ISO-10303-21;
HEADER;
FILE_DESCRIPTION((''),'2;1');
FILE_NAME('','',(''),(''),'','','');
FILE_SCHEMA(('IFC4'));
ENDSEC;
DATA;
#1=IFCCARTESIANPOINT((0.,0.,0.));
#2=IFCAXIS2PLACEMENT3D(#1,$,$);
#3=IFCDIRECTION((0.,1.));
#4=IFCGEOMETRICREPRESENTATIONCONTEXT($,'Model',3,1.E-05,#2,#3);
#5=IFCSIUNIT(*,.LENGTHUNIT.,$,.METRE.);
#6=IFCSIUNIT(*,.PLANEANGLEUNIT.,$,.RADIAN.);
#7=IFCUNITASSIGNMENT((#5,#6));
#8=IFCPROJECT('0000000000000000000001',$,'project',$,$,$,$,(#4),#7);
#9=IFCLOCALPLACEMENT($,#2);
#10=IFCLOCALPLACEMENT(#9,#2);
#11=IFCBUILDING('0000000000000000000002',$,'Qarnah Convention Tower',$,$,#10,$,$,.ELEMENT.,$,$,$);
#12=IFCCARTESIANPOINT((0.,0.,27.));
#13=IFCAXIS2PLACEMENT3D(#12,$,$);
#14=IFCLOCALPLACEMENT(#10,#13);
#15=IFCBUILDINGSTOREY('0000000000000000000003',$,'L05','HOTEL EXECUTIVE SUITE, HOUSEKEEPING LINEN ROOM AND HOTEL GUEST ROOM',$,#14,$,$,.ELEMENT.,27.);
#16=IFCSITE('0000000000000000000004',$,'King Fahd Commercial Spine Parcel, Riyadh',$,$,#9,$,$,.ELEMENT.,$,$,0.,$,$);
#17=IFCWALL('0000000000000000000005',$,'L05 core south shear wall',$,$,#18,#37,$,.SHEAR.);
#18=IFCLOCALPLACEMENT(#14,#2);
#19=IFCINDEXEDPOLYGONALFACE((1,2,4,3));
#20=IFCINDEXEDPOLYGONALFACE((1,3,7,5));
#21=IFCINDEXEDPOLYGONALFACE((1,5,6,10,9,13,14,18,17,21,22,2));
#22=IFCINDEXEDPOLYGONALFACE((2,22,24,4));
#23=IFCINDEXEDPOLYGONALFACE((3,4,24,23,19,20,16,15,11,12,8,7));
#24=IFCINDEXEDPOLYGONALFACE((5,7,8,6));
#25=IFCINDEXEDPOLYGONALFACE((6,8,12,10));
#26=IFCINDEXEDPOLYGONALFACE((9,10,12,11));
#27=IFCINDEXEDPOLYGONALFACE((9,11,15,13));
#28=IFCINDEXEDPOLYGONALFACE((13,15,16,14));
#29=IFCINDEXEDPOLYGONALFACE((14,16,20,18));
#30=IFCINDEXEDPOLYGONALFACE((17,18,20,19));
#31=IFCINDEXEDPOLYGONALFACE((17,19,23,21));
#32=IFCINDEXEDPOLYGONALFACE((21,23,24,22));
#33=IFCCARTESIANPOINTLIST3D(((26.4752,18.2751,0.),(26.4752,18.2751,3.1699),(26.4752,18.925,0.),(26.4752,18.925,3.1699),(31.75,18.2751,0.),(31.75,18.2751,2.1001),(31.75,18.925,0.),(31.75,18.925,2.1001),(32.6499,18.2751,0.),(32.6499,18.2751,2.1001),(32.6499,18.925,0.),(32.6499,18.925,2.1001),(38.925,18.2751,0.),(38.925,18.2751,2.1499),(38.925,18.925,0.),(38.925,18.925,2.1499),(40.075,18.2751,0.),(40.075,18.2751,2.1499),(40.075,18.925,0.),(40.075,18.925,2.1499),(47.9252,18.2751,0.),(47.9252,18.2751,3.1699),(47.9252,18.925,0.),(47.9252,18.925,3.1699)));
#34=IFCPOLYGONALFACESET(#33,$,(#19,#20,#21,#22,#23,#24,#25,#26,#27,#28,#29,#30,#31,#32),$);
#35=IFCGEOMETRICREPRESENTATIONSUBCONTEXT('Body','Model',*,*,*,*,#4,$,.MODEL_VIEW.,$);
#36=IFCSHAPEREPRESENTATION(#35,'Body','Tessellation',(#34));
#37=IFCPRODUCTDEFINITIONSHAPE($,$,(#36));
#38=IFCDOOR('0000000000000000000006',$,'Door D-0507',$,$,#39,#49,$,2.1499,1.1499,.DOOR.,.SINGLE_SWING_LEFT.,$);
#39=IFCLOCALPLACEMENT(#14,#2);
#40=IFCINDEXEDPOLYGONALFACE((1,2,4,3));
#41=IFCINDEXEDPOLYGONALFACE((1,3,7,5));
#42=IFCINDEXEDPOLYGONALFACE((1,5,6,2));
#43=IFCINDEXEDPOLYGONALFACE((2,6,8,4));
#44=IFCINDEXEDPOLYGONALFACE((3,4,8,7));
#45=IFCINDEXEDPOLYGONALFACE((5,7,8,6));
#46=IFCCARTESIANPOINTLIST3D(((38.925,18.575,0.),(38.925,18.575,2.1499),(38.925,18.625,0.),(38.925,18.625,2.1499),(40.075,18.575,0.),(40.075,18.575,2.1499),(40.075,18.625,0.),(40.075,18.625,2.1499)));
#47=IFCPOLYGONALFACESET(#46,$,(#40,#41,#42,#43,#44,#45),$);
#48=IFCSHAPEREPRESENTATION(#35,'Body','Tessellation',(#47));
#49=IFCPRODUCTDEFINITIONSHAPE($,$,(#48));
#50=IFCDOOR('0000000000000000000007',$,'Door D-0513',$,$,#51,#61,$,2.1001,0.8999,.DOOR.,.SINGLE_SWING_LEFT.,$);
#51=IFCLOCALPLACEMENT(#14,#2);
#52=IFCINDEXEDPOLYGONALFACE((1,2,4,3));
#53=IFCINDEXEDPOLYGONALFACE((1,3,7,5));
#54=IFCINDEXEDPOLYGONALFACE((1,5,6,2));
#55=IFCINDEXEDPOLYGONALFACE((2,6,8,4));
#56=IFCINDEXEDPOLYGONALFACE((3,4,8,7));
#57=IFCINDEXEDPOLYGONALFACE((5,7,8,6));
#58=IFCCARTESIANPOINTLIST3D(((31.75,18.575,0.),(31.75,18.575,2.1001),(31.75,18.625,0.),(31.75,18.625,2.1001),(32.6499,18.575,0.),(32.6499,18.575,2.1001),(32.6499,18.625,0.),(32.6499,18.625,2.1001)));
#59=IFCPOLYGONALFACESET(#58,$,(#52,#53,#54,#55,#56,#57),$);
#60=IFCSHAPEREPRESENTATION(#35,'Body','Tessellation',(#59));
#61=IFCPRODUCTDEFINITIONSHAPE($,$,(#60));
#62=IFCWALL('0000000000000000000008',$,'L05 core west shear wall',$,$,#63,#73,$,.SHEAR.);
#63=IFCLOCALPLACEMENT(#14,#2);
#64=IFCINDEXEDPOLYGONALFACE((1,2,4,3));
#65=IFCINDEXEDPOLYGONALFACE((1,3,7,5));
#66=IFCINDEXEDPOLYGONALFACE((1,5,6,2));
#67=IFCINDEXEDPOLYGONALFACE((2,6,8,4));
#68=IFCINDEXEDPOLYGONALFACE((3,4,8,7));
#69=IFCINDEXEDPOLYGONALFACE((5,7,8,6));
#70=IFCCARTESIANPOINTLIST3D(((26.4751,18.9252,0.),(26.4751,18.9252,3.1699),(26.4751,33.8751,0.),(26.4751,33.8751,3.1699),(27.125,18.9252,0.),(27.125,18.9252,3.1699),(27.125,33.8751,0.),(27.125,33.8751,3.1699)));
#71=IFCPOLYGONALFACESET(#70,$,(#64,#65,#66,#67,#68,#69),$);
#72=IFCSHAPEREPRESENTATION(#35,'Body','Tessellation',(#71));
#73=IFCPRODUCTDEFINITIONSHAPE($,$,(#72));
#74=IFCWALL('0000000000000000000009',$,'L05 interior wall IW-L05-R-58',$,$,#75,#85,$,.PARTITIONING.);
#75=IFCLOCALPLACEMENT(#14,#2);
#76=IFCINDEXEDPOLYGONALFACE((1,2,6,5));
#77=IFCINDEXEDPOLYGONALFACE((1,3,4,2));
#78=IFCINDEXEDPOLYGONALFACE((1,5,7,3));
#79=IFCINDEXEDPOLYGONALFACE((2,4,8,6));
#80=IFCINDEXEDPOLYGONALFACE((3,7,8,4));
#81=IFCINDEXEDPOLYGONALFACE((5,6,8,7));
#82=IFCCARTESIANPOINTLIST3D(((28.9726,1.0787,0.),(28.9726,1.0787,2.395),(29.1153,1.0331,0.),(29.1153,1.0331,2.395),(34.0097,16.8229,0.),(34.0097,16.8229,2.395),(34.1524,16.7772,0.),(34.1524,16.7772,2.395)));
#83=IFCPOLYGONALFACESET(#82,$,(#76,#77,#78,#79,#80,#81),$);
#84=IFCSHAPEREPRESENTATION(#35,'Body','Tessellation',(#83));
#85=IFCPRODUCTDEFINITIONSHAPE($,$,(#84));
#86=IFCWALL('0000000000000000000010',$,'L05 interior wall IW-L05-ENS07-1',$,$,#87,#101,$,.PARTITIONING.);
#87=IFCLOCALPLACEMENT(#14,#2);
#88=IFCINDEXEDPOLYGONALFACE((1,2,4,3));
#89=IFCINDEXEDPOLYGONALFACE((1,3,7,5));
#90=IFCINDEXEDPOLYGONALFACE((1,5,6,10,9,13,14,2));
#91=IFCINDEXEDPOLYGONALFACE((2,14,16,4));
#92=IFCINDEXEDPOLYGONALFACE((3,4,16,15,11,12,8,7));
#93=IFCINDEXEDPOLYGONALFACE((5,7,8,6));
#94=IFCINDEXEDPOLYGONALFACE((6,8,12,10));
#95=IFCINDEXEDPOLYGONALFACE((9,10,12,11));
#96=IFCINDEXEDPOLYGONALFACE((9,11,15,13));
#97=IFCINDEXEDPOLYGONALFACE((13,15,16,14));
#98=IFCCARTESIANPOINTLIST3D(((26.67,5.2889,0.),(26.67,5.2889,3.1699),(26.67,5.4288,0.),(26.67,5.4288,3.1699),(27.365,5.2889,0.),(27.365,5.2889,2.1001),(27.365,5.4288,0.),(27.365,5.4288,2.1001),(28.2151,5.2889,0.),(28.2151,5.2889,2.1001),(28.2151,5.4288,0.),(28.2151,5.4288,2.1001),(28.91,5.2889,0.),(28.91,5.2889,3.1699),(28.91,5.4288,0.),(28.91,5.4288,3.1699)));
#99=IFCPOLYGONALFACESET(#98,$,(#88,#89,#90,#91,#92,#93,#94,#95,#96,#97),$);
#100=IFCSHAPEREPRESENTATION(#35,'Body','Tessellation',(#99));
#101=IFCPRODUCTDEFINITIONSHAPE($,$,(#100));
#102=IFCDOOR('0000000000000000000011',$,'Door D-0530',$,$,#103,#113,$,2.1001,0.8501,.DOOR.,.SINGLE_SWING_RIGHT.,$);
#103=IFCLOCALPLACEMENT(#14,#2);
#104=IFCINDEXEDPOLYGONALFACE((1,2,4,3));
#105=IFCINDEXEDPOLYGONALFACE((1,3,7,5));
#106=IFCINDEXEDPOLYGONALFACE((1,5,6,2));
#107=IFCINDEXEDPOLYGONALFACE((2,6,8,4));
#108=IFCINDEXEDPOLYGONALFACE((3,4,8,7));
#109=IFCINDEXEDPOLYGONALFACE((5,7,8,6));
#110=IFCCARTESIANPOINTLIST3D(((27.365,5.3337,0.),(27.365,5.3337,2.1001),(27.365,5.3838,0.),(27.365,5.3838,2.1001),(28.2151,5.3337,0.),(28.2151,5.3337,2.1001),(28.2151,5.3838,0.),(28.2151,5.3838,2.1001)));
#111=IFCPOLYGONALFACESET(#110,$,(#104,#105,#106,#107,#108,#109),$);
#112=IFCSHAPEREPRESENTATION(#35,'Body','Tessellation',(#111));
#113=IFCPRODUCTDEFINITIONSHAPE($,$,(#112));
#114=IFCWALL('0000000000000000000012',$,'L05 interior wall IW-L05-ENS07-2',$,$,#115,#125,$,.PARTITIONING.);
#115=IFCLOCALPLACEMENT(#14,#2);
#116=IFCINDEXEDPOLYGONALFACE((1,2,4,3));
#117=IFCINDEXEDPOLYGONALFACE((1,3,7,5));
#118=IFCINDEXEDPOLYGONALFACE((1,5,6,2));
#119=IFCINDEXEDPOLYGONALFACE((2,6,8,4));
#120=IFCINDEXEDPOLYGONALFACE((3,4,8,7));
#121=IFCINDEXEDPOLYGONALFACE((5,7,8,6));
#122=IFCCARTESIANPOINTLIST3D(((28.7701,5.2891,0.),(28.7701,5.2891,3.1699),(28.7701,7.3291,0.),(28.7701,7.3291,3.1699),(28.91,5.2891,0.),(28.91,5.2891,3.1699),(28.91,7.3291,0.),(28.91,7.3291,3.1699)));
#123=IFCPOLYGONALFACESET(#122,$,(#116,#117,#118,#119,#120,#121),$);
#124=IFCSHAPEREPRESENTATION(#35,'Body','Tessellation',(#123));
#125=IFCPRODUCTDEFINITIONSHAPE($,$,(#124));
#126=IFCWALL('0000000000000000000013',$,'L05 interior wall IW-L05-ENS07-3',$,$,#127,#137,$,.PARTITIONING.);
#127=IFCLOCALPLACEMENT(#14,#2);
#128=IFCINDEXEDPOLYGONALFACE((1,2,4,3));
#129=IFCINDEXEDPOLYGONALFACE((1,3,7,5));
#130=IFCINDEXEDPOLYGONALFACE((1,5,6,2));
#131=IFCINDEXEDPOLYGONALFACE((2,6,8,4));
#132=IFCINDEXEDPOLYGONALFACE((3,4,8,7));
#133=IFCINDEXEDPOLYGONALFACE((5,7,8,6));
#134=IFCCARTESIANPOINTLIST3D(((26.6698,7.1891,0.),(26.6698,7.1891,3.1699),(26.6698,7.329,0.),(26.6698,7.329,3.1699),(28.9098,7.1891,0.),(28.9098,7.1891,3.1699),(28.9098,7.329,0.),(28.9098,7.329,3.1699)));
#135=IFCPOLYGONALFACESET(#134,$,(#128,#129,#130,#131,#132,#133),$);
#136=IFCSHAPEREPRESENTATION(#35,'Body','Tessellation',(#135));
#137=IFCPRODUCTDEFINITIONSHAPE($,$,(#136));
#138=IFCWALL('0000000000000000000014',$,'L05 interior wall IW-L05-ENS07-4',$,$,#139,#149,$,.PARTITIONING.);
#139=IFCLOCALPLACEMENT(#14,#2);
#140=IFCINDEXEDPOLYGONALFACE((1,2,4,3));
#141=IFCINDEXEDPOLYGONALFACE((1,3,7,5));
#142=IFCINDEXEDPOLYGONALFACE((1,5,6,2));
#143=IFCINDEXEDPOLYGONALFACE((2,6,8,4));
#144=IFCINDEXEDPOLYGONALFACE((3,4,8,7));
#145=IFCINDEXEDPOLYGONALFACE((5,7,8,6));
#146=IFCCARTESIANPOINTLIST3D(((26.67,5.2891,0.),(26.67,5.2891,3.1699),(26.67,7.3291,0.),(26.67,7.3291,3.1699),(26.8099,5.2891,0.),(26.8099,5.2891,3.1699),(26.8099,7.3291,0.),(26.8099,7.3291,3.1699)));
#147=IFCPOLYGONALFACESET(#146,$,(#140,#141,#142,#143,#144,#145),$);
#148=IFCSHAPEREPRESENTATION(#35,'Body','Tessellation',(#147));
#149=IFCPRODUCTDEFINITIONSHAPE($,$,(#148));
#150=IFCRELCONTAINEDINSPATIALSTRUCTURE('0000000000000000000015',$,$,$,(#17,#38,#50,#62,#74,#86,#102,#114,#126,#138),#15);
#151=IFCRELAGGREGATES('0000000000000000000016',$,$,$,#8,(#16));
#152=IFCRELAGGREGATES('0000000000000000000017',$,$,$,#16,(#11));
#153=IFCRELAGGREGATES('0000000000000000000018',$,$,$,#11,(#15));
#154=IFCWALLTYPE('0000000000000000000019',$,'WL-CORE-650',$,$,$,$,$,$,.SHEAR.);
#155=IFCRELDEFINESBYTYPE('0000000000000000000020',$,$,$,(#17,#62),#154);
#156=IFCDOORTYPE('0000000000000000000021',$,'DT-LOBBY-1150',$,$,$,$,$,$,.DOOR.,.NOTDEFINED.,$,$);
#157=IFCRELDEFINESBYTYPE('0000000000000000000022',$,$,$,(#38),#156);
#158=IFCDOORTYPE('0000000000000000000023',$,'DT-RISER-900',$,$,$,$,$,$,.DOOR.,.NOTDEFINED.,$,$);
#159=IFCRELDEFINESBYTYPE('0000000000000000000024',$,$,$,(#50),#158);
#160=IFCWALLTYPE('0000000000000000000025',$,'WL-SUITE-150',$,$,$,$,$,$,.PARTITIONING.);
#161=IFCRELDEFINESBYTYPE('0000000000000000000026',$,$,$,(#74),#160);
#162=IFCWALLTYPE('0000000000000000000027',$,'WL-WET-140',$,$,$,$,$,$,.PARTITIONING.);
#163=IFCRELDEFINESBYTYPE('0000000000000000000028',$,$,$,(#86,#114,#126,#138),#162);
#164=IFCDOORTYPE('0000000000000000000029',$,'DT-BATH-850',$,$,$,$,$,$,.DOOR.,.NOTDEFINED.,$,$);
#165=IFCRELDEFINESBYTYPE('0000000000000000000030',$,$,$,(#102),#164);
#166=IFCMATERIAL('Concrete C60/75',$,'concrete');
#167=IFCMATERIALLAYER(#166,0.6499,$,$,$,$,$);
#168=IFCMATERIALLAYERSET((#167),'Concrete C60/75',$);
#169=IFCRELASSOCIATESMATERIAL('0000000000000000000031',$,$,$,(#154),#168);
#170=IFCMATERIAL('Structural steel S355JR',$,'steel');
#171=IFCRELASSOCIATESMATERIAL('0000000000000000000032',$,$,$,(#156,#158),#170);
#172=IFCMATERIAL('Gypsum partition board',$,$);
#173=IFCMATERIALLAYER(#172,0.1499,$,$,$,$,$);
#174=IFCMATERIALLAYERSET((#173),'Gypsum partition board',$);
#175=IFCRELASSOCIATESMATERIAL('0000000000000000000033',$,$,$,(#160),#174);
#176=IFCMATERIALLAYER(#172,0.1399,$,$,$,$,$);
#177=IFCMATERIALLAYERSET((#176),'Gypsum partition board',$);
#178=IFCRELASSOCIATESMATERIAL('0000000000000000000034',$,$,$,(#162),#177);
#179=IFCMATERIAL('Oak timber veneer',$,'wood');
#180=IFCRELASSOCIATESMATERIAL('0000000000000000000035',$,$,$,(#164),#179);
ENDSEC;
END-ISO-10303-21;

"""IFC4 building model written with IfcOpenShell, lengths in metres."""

from ifc_helpers import new_model, si_unit, direction, frame, frame_2d, origin, place, context, subcontext, project, spatial, rectangle, extrude, material, layer, layer_set, type_object, element, fill, save


model = new_model("IFC4")

# Units and contexts
model_context = context("Model", 3, precision=1e-05, world=origin(), true_north=direction((0.0, 1.0)))
body_context = subcontext(model_context, "Body", "Model", "MODEL_VIEW")
ifc_project = project(units=[si_unit("LENGTHUNIT", "METRE"), si_unit("PLANEANGLEUNIT", "RADIAN")], contexts=[model_context])

# Site, building, storey
site_placement = place(None, origin())
site = spatial("IfcSite", under=ifc_project, at=site_placement, Name="King Fahd Commercial Spine Parcel, Riyadh", CompositionType="ELEMENT", RefElevation=0.0)
building_placement = place(site_placement, origin())
building = spatial("IfcBuilding", under=site, at=building_placement, Name="Qarnah Convention Tower", CompositionType="ELEMENT")
storey_placement = place(building_placement, frame((0.0, 0.0, 27.0)))
storey = spatial("IfcBuildingStorey", under=building, at=storey_placement, Name="L05", Description="HOTEL EXECUTIVE SUITE, HOUSEKEEPING LINEN ROOM AND HOTEL GUEST ROOM", CompositionType="ELEMENT", Elevation=27.0)

# Shared definitions
ifc_material_1 = material(Name="Concrete C60/75", Category="concrete")

# Shared definitions
ifc_material_2 = material(Name="Structural steel S355JR", Category="steel")

# Wall, openings, doors
ifc_layer_1 = layer(ifc_material_1, 0.6499)
ifc_layer_set_1 = layer_set([ifc_layer_1], Name="Concrete C60/75")
wall_type_1 = type_object("IfcWallType", Name="WL-CORE-650", PredefinedType="SHEAR", material=ifc_layer_set_1)
wall_1_placement = place(storey_placement, frame((26.4751, 18.6001, 0.0), z_axis=(0.0, 0.0, 1.0), x_axis=(1.0, 0.0, 0.0)))
wall_1 = element("IfcWall", 1, at=wall_1_placement, inside=storey, type_object=wall_type_1, Name="L05 core south shear wall", PredefinedType="SHEAR", context=body_context, shape_type="SweptSolid", body=[
    extrude(rectangle(XDim=21.45, YDim=0.6499, at=frame_2d((10.7251, 0.0))), origin(), (0.0, 0.0, 1.0), 3.1699),
])
opening_1_placement = place(wall_1_placement, frame((12.45, 0.0, 0.0)))
opening_1 = element("IfcOpeningElement", 2, at=opening_1_placement, cuts=wall_1, PredefinedType="OPENING", context=body_context, shape_type="SweptSolid", body=[
    extrude(rectangle(XDim=1.1499, YDim=2.1499, at=frame_2d((0.575, 1.075))), frame((0.0, 0.335, 0.0), z_axis=(0.0, -1.0, 0.0), x_axis=(1.0, 0.0, 0.0)), (0.0, 0.0, 1.0), 0.6699),
])
opening_2_placement = place(wall_1_placement, frame((5.2749, 0.0, 0.0)))
opening_2 = element("IfcOpeningElement", 3, at=opening_2_placement, cuts=wall_1, PredefinedType="OPENING", context=body_context, shape_type="SweptSolid", body=[
    extrude(rectangle(XDim=0.8999, YDim=2.1001, at=frame_2d((0.45, 1.05))), frame((0.0, 0.335, 0.0), z_axis=(0.0, -1.0, 0.0), x_axis=(1.0, 0.0, 0.0)), (0.0, 0.0, 1.0), 0.6699),
])
door_type_1 = type_object("IfcDoorType", Name="DT-LOBBY-1150", OperationType="NOTDEFINED", PredefinedType="DOOR", material=ifc_material_2)
door_1_placement = place(opening_1_placement, origin())
door_1 = element("IfcDoor", 4, at=door_1_placement, inside=storey, type_object=door_type_1, Name="Door D-0507", OperationType="SINGLE_SWING_LEFT", OverallHeight=2.1499, OverallWidth=1.1499, PredefinedType="DOOR", context=body_context, shape_type="SweptSolid", body=[
    extrude(rectangle(XDim=1.1499, YDim=2.1499, at=frame_2d((0.575, 1.075))), frame((0.0, 0.0249, 0.0), z_axis=(0.0, -1.0, 0.0), x_axis=(1.0, 0.0, 0.0)), (0.0, 0.0, 1.0), 0.05),
])
fill(opening_1, door_1)
door_type_2 = type_object("IfcDoorType", Name="DT-RISER-900", OperationType="NOTDEFINED", PredefinedType="DOOR", material=ifc_material_2)
door_2_placement = place(opening_2_placement, origin())
door_2 = element("IfcDoor", 5, at=door_2_placement, inside=storey, type_object=door_type_2, Name="Door D-0513", OperationType="SINGLE_SWING_LEFT", OverallHeight=2.1001, OverallWidth=0.8999, PredefinedType="DOOR", context=body_context, shape_type="SweptSolid", body=[
    extrude(rectangle(XDim=0.8999, YDim=2.1001, at=frame_2d((0.45, 1.05))), frame((0.0, 0.0249, 0.0), z_axis=(0.0, -1.0, 0.0), x_axis=(1.0, 0.0, 0.0)), (0.0, 0.0, 1.0), 0.05),
])
fill(opening_2, door_2)

# Wall
wall_2_placement = place(storey_placement, frame((26.8, 18.925, 0.0), z_axis=(0.0, 0.0, 1.0), x_axis=(0.0, 1.0, 0.0)))
element("IfcWall", 6, at=wall_2_placement, inside=storey, type_object=wall_type_1, Name="L05 core west shear wall", PredefinedType="SHEAR", context=body_context, shape_type="SweptSolid", body=[
    extrude(rectangle(XDim=14.95, YDim=0.6499, at=frame_2d((7.4751, 0.0))), origin(), (0.0, 0.0, 1.0), 3.1699),
])

# Shared definitions
ifc_material_3 = material(Name="Gypsum partition board")
ifc_layer_2 = layer(ifc_material_3, 0.1499)
ifc_layer_set_2 = layer_set([ifc_layer_2], Name="Gypsum partition board")
wall_type_2 = type_object("IfcWallType", Name="WL-SUITE-150", PredefinedType="PARTITIONING", material=ifc_layer_set_2)
ifc_material_4 = material(Name="Oak timber veneer", Category="wood")

# Wall
wall_3_placement = place(storey_placement, frame((29.0439, 1.0559, 0.0), z_axis=(0.0, 0.0, 1.0), x_axis=(0.30472, 0.952442, 0.0)))
element("IfcWall", 7, at=wall_3_placement, inside=storey, type_object=wall_type_2, Name="L05 interior wall IW-L05-R-58", PredefinedType="PARTITIONING", context=body_context, shape_type="SweptSolid", body=[
    extrude(rectangle(XDim=16.5303, YDim=0.1499, at=frame_2d((8.2651, 0.0))), origin(), (0.0, 0.0, 1.0), 2.395),
])

# Wall, opening, door
ifc_layer_3 = layer(ifc_material_3, 0.1399)
ifc_layer_set_3 = layer_set([ifc_layer_3], Name="Gypsum partition board")
wall_type_3 = type_object("IfcWallType", Name="WL-WET-140", PredefinedType="PARTITIONING", material=ifc_layer_set_3)
wall_4_placement = place(storey_placement, frame((26.6699, 5.3589, 0.0), z_axis=(0.0, 0.0, 1.0), x_axis=(1.0, 0.0, 0.0)))
wall_4 = element("IfcWall", 8, at=wall_4_placement, inside=storey, type_object=wall_type_3, Name="L05 interior wall IW-L05-ENS07-1", PredefinedType="PARTITIONING", context=body_context, shape_type="SweptSolid", body=[
    extrude(rectangle(XDim=2.24, YDim=0.1399, at=frame_2d((1.1201, 0.0))), origin(), (0.0, 0.0, 1.0), 3.1699),
])
opening_3_placement = place(wall_4_placement, frame((0.6951, 0.0, 0.0)))
opening_3 = element("IfcOpeningElement", 9, at=opening_3_placement, cuts=wall_4, PredefinedType="OPENING", context=body_context, shape_type="SweptSolid", body=[
    extrude(rectangle(XDim=0.8501, YDim=2.1001, at=frame_2d((0.425, 1.05))), frame((0.0, 0.0798, 0.0), z_axis=(0.0, -1.0, 0.0), x_axis=(1.0, 0.0, 0.0)), (0.0, 0.0, 1.0), 0.1599),
])
door_type_3 = type_object("IfcDoorType", Name="DT-BATH-850", OperationType="NOTDEFINED", PredefinedType="DOOR", material=ifc_material_4)
door_3_placement = place(opening_3_placement, origin())
door_3 = element("IfcDoor", 10, at=door_3_placement, inside=storey, type_object=door_type_3, Name="Door D-0530", OperationType="SINGLE_SWING_RIGHT", OverallHeight=2.1001, OverallWidth=0.8501, PredefinedType="DOOR", context=body_context, shape_type="SweptSolid", body=[
    extrude(rectangle(XDim=0.8501, YDim=2.1001, at=frame_2d((0.425, 1.05))), frame((0.0, 0.0249, 0.0), z_axis=(0.0, -1.0, 0.0), x_axis=(1.0, 0.0, 0.0)), (0.0, 0.0, 1.0), 0.05),
])
fill(opening_3, door_3)

# Walls
wall_5_placement = place(storey_placement, frame((28.8401, 5.2891, 0.0), z_axis=(0.0, 0.0, 1.0), x_axis=(0.0, 1.0, 0.0)))
element("IfcWall", 11, at=wall_5_placement, inside=storey, type_object=wall_type_3, Name="L05 interior wall IW-L05-ENS07-2", PredefinedType="PARTITIONING", context=body_context, shape_type="SweptSolid", body=[
    extrude(rectangle(XDim=2.04, YDim=0.1399, at=frame_2d((1.02, 0.0))), origin(), (0.0, 0.0, 1.0), 3.1699),
])
wall_6_placement = place(storey_placement, frame((28.9099, 7.259, 0.0), z_axis=(0.0, 0.0, 1.0), x_axis=(-1.0, 0.0, 0.0)))
element("IfcWall", 12, at=wall_6_placement, inside=storey, type_object=wall_type_3, Name="L05 interior wall IW-L05-ENS07-3", PredefinedType="PARTITIONING", context=body_context, shape_type="SweptSolid", body=[
    extrude(rectangle(XDim=2.24, YDim=0.1399, at=frame_2d((1.1201, 0.0))), origin(), (0.0, 0.0, 1.0), 3.1699),
])
wall_7_placement = place(storey_placement, frame((26.74, 7.3291, 0.0), z_axis=(0.0, 0.0, 1.0), x_axis=(0.0, -1.0, 0.0)))
element("IfcWall", 13, at=wall_7_placement, inside=storey, type_object=wall_type_3, Name="L05 interior wall IW-L05-ENS07-4", PredefinedType="PARTITIONING", context=body_context, shape_type="SweptSolid", body=[
    extrude(rectangle(XDim=2.04, YDim=0.1399, at=frame_2d((1.02, 0.0))), origin(), (0.0, 0.0, 1.0), 3.1699),
])

save(model, "model.ifc")
